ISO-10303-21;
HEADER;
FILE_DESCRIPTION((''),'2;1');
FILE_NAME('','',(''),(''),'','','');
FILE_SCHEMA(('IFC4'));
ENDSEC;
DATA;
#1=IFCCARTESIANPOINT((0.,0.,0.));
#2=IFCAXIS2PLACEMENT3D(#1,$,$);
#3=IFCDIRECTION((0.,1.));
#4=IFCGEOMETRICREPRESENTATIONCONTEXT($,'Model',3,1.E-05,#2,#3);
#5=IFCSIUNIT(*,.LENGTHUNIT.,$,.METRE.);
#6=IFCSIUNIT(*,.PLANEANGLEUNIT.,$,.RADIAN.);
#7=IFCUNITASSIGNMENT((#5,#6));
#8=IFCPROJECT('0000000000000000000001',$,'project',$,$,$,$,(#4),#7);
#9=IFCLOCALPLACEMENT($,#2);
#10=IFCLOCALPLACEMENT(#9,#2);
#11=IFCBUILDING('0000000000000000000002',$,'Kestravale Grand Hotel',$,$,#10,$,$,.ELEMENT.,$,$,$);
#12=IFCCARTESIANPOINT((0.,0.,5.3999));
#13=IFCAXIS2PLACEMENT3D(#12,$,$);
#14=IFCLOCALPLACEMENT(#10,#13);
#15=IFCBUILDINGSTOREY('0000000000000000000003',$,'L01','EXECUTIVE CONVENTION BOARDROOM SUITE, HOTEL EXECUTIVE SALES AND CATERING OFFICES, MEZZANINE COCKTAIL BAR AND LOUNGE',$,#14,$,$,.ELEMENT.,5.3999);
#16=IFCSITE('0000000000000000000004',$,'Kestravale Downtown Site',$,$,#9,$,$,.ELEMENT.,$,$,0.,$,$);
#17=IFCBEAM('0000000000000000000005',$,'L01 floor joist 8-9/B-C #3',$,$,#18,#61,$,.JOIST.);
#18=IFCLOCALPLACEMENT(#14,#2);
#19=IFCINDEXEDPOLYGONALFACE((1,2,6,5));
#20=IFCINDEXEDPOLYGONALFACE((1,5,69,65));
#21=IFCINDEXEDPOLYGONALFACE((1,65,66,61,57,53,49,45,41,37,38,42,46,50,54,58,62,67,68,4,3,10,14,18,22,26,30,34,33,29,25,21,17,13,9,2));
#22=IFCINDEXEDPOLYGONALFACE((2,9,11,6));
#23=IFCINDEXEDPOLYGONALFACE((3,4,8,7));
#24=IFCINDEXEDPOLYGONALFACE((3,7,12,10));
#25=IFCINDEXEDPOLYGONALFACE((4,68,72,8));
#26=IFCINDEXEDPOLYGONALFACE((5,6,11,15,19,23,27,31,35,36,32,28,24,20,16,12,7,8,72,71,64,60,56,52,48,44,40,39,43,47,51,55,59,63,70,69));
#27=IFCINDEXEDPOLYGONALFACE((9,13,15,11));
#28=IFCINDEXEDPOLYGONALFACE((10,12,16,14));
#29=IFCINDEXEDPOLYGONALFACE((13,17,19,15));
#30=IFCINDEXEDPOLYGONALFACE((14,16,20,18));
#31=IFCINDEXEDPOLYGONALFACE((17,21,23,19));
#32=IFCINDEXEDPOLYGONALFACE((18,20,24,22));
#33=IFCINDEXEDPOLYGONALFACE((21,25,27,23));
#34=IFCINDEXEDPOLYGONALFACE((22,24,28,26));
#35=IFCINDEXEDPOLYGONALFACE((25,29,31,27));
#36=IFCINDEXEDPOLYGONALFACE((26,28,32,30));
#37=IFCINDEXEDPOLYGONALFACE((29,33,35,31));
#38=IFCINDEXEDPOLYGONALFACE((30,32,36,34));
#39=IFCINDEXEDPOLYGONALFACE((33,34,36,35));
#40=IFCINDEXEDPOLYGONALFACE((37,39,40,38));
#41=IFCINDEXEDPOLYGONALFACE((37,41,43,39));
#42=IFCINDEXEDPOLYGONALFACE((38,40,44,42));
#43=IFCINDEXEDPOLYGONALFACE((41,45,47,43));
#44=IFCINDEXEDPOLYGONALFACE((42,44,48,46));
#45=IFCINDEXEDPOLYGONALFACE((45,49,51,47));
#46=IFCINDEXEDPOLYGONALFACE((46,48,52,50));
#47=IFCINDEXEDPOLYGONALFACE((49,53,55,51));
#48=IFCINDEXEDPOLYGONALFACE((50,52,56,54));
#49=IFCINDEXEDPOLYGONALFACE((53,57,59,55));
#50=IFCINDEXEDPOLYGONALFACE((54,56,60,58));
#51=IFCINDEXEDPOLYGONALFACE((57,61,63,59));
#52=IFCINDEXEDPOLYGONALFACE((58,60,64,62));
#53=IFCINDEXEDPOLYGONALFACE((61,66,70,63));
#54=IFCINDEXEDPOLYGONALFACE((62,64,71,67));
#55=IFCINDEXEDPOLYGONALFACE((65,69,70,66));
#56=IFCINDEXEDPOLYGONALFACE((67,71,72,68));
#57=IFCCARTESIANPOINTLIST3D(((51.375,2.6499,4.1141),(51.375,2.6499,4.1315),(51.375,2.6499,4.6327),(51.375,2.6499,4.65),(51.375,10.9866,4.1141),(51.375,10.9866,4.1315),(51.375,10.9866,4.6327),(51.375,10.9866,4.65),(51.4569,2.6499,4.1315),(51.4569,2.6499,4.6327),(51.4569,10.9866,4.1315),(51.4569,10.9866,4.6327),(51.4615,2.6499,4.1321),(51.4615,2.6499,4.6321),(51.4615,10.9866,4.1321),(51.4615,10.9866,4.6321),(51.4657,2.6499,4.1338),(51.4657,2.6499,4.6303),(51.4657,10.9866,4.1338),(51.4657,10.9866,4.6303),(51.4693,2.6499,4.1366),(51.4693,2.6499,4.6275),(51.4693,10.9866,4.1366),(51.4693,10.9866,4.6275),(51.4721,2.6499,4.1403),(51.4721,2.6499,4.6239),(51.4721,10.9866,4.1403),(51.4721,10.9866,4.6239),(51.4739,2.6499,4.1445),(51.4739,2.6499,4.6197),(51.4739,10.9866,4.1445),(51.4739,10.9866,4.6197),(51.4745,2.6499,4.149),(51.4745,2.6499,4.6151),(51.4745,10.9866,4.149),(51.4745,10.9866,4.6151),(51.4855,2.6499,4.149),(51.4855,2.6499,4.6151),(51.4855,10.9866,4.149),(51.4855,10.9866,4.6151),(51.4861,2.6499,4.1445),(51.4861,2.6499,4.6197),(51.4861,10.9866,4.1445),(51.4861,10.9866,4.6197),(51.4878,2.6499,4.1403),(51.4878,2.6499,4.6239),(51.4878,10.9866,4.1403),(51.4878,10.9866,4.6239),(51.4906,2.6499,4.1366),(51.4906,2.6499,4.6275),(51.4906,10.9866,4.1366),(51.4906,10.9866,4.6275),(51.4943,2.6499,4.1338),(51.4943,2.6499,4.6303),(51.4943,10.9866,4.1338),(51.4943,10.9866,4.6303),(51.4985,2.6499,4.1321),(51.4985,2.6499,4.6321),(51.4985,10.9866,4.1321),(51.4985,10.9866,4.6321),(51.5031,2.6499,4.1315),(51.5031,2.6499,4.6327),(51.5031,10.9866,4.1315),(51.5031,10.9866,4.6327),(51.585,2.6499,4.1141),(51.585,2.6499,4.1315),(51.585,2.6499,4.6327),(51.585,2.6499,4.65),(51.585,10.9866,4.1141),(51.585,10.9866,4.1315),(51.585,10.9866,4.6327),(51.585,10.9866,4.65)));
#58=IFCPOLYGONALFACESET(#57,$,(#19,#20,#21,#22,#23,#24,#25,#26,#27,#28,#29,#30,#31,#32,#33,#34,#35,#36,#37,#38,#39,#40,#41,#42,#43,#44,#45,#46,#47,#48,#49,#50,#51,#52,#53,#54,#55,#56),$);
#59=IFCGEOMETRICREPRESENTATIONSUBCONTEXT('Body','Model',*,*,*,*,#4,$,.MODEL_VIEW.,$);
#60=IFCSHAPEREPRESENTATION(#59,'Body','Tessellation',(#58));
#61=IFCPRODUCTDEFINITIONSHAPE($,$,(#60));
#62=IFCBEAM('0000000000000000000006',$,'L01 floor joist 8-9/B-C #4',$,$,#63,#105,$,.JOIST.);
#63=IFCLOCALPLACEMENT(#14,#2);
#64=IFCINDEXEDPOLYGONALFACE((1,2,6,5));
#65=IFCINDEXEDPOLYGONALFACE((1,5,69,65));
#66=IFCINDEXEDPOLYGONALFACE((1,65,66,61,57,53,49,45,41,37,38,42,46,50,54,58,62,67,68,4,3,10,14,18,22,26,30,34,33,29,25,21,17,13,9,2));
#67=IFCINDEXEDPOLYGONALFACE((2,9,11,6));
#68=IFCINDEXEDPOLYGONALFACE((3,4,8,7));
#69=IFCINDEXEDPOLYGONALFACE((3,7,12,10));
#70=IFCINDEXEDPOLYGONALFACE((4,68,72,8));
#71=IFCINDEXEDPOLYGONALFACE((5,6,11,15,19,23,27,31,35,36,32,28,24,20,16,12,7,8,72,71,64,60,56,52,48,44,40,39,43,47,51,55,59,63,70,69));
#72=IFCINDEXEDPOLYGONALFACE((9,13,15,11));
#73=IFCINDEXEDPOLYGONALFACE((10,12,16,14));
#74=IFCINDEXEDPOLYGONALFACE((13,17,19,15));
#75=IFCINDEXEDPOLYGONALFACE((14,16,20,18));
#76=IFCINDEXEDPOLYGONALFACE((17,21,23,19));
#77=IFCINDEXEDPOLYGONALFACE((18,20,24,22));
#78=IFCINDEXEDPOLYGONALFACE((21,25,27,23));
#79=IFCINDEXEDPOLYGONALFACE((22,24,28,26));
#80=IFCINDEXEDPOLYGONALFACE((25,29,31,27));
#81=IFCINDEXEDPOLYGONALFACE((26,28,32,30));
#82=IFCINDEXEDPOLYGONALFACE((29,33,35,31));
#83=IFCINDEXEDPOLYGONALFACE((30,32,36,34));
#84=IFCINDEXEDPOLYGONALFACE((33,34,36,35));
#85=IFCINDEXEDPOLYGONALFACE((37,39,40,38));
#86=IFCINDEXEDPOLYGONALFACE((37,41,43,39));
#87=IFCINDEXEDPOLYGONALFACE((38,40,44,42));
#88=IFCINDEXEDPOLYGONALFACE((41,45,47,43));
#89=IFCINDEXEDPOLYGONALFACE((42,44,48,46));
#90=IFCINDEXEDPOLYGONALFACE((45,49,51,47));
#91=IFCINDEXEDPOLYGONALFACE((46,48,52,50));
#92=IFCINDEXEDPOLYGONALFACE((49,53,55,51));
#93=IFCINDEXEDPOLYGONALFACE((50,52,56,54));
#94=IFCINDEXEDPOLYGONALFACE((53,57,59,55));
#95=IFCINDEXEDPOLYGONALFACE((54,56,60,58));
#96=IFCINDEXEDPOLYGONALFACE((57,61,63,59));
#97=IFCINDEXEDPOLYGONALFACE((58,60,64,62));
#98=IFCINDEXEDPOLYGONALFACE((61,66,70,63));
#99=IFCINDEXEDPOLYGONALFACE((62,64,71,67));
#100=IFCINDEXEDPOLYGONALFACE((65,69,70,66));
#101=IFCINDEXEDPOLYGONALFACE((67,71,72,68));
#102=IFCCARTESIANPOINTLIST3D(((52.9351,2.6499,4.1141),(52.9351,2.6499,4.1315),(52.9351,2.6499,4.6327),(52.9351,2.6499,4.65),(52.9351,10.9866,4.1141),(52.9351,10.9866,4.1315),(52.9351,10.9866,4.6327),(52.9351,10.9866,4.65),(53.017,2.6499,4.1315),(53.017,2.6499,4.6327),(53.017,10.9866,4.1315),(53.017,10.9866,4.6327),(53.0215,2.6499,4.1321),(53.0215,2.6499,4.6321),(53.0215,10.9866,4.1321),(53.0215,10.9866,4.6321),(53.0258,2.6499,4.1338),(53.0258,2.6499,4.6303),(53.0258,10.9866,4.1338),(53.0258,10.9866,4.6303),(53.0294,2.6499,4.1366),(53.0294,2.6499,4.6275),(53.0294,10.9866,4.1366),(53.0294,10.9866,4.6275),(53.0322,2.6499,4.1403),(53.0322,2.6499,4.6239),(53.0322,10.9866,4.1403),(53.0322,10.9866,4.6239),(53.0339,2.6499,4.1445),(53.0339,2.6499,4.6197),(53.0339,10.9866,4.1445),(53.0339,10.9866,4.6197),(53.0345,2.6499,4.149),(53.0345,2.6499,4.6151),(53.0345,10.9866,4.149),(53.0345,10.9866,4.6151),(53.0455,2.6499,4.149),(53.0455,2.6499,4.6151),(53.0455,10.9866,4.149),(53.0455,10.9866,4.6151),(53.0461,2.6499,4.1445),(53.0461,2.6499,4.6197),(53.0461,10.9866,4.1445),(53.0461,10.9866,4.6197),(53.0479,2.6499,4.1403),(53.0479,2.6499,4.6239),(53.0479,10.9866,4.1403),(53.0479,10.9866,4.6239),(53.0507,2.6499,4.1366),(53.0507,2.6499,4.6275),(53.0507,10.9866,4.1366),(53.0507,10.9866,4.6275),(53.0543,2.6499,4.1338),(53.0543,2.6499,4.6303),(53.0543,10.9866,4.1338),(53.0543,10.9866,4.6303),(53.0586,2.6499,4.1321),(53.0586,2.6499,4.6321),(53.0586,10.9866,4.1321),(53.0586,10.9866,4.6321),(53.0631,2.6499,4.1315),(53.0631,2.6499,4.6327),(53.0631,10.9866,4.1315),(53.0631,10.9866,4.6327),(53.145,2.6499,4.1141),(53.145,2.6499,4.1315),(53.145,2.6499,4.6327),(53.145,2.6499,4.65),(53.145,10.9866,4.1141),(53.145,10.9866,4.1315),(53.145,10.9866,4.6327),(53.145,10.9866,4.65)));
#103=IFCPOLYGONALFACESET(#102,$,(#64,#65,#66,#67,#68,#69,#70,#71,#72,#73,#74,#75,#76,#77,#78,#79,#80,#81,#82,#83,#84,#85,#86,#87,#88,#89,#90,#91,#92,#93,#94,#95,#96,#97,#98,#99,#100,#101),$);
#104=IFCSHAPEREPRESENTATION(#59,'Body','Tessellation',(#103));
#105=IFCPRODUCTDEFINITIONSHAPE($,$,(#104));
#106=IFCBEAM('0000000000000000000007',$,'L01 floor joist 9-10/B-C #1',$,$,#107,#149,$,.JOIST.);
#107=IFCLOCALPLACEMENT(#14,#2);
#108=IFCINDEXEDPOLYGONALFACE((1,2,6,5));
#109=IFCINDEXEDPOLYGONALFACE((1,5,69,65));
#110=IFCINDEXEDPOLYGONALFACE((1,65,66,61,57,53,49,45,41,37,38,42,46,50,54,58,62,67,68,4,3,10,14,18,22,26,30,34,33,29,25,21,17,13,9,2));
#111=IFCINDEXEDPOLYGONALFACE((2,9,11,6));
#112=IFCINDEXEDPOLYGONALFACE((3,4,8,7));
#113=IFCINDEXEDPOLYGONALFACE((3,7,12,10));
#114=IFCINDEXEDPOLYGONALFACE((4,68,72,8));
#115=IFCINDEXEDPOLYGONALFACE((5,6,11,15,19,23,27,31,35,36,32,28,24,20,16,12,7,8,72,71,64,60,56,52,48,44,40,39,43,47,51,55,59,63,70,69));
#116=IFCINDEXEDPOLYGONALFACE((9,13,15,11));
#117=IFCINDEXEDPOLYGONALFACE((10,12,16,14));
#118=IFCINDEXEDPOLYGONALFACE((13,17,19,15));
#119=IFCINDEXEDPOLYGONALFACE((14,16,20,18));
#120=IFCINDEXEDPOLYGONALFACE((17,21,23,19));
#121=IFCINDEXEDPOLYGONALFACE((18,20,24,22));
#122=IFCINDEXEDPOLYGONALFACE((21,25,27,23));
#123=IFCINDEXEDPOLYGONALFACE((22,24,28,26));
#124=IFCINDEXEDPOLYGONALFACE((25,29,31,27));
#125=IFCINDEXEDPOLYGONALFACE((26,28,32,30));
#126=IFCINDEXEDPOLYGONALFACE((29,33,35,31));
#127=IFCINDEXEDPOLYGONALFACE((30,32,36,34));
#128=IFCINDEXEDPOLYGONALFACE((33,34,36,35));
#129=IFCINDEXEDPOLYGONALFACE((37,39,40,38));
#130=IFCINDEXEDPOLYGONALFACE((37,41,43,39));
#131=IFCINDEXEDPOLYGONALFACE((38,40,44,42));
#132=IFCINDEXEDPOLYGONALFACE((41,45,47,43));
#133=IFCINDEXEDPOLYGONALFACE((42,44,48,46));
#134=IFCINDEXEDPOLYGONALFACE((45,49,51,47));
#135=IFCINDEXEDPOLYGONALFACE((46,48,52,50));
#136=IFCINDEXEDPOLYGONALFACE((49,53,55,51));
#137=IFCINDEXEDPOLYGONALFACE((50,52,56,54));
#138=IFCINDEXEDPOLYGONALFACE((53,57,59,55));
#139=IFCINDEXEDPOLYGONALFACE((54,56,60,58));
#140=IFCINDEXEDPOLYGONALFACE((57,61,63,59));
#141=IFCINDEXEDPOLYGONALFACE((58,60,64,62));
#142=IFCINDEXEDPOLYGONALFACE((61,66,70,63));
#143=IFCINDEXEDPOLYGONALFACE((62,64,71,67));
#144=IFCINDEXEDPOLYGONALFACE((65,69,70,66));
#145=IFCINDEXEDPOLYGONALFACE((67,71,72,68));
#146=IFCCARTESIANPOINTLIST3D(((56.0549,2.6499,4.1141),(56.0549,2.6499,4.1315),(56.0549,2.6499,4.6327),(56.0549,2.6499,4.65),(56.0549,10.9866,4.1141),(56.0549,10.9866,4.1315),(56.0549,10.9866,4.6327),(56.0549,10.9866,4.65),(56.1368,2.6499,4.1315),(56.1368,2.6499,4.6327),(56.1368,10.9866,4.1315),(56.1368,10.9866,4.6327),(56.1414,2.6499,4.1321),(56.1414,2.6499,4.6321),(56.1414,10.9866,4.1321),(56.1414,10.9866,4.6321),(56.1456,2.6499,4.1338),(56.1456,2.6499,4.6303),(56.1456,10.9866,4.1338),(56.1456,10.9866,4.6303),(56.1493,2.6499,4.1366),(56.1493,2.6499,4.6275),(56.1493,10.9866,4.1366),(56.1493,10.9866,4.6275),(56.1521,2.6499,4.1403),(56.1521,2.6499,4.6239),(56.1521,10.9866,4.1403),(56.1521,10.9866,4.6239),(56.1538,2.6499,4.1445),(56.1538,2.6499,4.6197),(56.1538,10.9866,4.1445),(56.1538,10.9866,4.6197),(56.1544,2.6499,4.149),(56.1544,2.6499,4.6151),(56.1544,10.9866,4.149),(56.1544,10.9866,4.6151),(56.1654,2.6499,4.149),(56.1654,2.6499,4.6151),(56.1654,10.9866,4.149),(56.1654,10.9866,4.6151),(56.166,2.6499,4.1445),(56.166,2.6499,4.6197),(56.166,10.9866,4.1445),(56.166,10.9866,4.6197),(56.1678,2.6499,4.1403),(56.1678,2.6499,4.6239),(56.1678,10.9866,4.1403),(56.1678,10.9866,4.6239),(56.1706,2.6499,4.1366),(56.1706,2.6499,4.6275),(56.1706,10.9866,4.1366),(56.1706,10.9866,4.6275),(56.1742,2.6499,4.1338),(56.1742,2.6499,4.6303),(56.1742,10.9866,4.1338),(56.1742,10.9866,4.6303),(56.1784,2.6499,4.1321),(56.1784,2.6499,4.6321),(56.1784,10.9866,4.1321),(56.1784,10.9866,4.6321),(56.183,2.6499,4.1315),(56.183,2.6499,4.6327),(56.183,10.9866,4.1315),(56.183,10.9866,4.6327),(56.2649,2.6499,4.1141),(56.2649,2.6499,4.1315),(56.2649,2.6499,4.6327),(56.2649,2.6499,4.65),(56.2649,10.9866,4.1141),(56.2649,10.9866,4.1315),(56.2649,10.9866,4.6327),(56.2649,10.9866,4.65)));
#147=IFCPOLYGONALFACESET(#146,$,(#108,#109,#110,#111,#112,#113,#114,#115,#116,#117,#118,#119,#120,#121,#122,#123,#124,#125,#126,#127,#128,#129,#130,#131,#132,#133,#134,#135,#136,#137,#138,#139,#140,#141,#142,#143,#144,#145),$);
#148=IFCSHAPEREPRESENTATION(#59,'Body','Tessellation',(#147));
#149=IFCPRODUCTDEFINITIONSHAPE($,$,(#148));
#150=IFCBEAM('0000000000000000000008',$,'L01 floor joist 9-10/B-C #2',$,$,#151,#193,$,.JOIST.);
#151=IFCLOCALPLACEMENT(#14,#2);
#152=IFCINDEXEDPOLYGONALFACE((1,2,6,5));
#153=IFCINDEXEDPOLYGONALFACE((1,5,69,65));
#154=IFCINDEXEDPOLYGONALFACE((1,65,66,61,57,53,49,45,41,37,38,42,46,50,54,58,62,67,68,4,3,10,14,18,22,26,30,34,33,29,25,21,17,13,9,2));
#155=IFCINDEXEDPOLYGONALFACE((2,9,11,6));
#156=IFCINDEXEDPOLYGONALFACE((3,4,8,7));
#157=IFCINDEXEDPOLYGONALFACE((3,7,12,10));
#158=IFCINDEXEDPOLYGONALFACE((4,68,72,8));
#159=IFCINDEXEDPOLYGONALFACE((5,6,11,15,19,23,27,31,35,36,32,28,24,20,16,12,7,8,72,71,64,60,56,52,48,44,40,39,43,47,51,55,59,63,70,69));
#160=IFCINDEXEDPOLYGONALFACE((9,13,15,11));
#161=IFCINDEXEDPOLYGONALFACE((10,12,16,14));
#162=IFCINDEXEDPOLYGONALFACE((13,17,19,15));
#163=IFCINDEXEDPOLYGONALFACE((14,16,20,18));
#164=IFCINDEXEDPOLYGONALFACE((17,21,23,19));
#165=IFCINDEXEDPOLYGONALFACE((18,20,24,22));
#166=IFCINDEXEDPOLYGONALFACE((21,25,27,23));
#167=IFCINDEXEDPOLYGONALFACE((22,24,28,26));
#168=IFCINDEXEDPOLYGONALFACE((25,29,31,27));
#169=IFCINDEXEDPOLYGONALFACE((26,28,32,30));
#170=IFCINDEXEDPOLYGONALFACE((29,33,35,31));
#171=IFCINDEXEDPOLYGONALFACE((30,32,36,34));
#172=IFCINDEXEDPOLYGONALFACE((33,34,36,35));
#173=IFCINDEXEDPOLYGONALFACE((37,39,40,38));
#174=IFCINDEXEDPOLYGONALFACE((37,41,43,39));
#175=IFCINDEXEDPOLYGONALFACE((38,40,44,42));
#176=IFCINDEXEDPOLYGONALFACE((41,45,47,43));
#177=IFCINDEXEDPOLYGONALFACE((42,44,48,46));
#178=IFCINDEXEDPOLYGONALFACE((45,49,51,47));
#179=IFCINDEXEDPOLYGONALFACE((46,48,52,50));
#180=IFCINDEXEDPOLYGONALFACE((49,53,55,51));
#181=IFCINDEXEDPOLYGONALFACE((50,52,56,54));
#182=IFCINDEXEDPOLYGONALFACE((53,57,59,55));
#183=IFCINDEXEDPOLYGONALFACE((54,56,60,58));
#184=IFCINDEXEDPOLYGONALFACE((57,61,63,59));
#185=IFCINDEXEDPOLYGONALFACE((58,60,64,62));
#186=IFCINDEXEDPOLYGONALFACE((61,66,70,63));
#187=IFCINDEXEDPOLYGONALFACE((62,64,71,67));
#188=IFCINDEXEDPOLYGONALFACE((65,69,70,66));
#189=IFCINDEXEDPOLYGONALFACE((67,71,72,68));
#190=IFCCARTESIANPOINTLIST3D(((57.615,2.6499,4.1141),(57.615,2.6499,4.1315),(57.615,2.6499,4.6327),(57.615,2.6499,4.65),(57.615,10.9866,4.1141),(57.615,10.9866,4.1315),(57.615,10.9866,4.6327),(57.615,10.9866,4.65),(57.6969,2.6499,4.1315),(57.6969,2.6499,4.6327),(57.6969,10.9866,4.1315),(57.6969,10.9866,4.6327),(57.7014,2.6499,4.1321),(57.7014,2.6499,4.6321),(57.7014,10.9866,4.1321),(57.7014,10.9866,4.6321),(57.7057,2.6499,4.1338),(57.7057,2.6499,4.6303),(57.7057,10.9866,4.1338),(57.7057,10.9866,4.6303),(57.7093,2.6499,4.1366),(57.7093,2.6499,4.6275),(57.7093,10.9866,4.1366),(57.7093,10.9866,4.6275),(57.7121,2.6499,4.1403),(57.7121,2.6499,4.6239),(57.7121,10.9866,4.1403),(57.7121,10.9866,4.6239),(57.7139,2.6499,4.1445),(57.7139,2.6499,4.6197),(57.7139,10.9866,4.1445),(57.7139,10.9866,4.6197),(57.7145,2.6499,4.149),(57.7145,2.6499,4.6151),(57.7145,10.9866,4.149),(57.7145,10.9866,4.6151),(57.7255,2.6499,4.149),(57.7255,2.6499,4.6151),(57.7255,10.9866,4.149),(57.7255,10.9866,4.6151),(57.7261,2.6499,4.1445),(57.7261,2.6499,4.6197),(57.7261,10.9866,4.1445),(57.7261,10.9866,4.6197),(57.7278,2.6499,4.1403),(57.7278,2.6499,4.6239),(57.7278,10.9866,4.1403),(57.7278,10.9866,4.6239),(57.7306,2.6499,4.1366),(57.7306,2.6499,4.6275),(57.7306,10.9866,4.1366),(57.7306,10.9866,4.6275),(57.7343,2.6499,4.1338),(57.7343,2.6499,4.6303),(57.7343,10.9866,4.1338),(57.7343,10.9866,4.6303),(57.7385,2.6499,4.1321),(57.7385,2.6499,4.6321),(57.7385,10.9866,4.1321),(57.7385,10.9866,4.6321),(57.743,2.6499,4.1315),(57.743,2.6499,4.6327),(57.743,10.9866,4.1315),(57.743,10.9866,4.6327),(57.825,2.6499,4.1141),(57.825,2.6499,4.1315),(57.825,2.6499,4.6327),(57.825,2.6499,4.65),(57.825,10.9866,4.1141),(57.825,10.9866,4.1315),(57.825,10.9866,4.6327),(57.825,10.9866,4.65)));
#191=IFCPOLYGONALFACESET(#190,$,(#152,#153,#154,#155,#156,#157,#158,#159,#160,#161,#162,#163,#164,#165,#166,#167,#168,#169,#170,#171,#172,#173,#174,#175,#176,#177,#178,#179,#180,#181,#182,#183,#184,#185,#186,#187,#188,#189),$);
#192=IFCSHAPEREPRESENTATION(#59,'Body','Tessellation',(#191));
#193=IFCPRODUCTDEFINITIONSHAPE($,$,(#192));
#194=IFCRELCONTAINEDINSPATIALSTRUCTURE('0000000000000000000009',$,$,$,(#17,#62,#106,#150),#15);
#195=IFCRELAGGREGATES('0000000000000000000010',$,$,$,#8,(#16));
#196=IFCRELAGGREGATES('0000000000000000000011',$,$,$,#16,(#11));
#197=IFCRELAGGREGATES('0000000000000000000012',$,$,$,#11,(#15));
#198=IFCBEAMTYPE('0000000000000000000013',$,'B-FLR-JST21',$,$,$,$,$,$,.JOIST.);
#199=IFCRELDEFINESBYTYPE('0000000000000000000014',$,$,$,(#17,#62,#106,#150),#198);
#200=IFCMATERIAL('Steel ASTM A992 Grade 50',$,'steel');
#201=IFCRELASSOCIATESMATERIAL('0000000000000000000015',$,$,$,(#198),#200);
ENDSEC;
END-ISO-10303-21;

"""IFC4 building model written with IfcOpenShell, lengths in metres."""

from ifc_helpers import new_model, si_unit, direction, frame, origin, origin_2d, place, context, subcontext, project, spatial, i_section, extrude, material, material_profile, profile_set, type_object, element, save


model = new_model("IFC4")

# Units and contexts
model_context = context("Model", 3, precision=1e-05, world=origin(), true_north=direction((0.0, 1.0)))
body_context = subcontext(model_context, "Body", "Model", "MODEL_VIEW")
ifc_project = project(units=[si_unit("LENGTHUNIT", "METRE"), si_unit("PLANEANGLEUNIT", "RADIAN")], contexts=[model_context])

# Site, building, storey
site_placement = place(None, origin())
site = spatial("IfcSite", under=ifc_project, at=site_placement, Name="Kestravale Downtown Site", CompositionType="ELEMENT", RefElevation=0.0)
building_placement = place(site_placement, origin())
building = spatial("IfcBuilding", under=site, at=building_placement, Name="Kestravale Grand Hotel", CompositionType="ELEMENT")
storey_placement = place(building_placement, frame((0.0, 0.0, 5.3999)))
storey = spatial("IfcBuildingStorey", under=building, at=storey_placement, Name="L01", Description="EXECUTIVE CONVENTION BOARDROOM SUITE, HOTEL EXECUTIVE SALES AND CATERING OFFICES, MEZZANINE COCKTAIL BAR AND LOUNGE", CompositionType="ELEMENT", Elevation=5.3999)

# Beams
ifc_material_1 = material(Name="Steel ASTM A992 Grade 50", Category="steel")
ifc_material_profile_1 = material_profile(ifc_material_1, i_section(OverallWidth=0.21, OverallDepth=0.5359, WebThickness=0.011, FlangeThickness=0.0173, FilletRadius=0.0176, at=origin_2d()))
ifc_profile_set_1 = profile_set([ifc_material_profile_1], Name="Steel ASTM A992 Grade 50")
beam_type_1 = type_object("IfcBeamType", Name="B-FLR-JST21", PredefinedType="JOIST", material=ifc_profile_set_1)
for number, where, z_axis, x_axis, name in (
    (1, (51.48, 2.6499, 4.3821), (0.0, 1.0, 0.0), (-1.0, 0.0, 0.0), "L01 floor joist 8-9/B-C #3"),
    (2, (53.04, 2.6499, 4.3821), (0.0, 1.0, 0.0), (-1.0, 0.0, 0.0), "L01 floor joist 8-9/B-C #4"),
    (3, (56.1599, 2.6499, 4.3821), (0.0, 1.0, 0.0), (-1.0, 0.0, 0.0), "L01 floor joist 9-10/B-C #1"),
    (4, (57.72, 2.6499, 4.3821), (0.0, 1.0, 0.0), (-1.0, 0.0, 0.0), "L01 floor joist 9-10/B-C #2"),
):
    element("IfcBeam", number, at=place(storey_placement, frame(where, z_axis=z_axis, x_axis=x_axis)), inside=storey, type_object=beam_type_1, Name=name, PredefinedType="JOIST", context=body_context, shape_type="SweptSolid", body=[
        extrude(i_section(OverallWidth=0.21, OverallDepth=0.5359, WebThickness=0.011, FlangeThickness=0.0173, FilletRadius=0.0176, at=origin_2d()), origin(), (0.0, 0.0, 1.0), 8.3367),
    ])

save(model, "model.ifc")
